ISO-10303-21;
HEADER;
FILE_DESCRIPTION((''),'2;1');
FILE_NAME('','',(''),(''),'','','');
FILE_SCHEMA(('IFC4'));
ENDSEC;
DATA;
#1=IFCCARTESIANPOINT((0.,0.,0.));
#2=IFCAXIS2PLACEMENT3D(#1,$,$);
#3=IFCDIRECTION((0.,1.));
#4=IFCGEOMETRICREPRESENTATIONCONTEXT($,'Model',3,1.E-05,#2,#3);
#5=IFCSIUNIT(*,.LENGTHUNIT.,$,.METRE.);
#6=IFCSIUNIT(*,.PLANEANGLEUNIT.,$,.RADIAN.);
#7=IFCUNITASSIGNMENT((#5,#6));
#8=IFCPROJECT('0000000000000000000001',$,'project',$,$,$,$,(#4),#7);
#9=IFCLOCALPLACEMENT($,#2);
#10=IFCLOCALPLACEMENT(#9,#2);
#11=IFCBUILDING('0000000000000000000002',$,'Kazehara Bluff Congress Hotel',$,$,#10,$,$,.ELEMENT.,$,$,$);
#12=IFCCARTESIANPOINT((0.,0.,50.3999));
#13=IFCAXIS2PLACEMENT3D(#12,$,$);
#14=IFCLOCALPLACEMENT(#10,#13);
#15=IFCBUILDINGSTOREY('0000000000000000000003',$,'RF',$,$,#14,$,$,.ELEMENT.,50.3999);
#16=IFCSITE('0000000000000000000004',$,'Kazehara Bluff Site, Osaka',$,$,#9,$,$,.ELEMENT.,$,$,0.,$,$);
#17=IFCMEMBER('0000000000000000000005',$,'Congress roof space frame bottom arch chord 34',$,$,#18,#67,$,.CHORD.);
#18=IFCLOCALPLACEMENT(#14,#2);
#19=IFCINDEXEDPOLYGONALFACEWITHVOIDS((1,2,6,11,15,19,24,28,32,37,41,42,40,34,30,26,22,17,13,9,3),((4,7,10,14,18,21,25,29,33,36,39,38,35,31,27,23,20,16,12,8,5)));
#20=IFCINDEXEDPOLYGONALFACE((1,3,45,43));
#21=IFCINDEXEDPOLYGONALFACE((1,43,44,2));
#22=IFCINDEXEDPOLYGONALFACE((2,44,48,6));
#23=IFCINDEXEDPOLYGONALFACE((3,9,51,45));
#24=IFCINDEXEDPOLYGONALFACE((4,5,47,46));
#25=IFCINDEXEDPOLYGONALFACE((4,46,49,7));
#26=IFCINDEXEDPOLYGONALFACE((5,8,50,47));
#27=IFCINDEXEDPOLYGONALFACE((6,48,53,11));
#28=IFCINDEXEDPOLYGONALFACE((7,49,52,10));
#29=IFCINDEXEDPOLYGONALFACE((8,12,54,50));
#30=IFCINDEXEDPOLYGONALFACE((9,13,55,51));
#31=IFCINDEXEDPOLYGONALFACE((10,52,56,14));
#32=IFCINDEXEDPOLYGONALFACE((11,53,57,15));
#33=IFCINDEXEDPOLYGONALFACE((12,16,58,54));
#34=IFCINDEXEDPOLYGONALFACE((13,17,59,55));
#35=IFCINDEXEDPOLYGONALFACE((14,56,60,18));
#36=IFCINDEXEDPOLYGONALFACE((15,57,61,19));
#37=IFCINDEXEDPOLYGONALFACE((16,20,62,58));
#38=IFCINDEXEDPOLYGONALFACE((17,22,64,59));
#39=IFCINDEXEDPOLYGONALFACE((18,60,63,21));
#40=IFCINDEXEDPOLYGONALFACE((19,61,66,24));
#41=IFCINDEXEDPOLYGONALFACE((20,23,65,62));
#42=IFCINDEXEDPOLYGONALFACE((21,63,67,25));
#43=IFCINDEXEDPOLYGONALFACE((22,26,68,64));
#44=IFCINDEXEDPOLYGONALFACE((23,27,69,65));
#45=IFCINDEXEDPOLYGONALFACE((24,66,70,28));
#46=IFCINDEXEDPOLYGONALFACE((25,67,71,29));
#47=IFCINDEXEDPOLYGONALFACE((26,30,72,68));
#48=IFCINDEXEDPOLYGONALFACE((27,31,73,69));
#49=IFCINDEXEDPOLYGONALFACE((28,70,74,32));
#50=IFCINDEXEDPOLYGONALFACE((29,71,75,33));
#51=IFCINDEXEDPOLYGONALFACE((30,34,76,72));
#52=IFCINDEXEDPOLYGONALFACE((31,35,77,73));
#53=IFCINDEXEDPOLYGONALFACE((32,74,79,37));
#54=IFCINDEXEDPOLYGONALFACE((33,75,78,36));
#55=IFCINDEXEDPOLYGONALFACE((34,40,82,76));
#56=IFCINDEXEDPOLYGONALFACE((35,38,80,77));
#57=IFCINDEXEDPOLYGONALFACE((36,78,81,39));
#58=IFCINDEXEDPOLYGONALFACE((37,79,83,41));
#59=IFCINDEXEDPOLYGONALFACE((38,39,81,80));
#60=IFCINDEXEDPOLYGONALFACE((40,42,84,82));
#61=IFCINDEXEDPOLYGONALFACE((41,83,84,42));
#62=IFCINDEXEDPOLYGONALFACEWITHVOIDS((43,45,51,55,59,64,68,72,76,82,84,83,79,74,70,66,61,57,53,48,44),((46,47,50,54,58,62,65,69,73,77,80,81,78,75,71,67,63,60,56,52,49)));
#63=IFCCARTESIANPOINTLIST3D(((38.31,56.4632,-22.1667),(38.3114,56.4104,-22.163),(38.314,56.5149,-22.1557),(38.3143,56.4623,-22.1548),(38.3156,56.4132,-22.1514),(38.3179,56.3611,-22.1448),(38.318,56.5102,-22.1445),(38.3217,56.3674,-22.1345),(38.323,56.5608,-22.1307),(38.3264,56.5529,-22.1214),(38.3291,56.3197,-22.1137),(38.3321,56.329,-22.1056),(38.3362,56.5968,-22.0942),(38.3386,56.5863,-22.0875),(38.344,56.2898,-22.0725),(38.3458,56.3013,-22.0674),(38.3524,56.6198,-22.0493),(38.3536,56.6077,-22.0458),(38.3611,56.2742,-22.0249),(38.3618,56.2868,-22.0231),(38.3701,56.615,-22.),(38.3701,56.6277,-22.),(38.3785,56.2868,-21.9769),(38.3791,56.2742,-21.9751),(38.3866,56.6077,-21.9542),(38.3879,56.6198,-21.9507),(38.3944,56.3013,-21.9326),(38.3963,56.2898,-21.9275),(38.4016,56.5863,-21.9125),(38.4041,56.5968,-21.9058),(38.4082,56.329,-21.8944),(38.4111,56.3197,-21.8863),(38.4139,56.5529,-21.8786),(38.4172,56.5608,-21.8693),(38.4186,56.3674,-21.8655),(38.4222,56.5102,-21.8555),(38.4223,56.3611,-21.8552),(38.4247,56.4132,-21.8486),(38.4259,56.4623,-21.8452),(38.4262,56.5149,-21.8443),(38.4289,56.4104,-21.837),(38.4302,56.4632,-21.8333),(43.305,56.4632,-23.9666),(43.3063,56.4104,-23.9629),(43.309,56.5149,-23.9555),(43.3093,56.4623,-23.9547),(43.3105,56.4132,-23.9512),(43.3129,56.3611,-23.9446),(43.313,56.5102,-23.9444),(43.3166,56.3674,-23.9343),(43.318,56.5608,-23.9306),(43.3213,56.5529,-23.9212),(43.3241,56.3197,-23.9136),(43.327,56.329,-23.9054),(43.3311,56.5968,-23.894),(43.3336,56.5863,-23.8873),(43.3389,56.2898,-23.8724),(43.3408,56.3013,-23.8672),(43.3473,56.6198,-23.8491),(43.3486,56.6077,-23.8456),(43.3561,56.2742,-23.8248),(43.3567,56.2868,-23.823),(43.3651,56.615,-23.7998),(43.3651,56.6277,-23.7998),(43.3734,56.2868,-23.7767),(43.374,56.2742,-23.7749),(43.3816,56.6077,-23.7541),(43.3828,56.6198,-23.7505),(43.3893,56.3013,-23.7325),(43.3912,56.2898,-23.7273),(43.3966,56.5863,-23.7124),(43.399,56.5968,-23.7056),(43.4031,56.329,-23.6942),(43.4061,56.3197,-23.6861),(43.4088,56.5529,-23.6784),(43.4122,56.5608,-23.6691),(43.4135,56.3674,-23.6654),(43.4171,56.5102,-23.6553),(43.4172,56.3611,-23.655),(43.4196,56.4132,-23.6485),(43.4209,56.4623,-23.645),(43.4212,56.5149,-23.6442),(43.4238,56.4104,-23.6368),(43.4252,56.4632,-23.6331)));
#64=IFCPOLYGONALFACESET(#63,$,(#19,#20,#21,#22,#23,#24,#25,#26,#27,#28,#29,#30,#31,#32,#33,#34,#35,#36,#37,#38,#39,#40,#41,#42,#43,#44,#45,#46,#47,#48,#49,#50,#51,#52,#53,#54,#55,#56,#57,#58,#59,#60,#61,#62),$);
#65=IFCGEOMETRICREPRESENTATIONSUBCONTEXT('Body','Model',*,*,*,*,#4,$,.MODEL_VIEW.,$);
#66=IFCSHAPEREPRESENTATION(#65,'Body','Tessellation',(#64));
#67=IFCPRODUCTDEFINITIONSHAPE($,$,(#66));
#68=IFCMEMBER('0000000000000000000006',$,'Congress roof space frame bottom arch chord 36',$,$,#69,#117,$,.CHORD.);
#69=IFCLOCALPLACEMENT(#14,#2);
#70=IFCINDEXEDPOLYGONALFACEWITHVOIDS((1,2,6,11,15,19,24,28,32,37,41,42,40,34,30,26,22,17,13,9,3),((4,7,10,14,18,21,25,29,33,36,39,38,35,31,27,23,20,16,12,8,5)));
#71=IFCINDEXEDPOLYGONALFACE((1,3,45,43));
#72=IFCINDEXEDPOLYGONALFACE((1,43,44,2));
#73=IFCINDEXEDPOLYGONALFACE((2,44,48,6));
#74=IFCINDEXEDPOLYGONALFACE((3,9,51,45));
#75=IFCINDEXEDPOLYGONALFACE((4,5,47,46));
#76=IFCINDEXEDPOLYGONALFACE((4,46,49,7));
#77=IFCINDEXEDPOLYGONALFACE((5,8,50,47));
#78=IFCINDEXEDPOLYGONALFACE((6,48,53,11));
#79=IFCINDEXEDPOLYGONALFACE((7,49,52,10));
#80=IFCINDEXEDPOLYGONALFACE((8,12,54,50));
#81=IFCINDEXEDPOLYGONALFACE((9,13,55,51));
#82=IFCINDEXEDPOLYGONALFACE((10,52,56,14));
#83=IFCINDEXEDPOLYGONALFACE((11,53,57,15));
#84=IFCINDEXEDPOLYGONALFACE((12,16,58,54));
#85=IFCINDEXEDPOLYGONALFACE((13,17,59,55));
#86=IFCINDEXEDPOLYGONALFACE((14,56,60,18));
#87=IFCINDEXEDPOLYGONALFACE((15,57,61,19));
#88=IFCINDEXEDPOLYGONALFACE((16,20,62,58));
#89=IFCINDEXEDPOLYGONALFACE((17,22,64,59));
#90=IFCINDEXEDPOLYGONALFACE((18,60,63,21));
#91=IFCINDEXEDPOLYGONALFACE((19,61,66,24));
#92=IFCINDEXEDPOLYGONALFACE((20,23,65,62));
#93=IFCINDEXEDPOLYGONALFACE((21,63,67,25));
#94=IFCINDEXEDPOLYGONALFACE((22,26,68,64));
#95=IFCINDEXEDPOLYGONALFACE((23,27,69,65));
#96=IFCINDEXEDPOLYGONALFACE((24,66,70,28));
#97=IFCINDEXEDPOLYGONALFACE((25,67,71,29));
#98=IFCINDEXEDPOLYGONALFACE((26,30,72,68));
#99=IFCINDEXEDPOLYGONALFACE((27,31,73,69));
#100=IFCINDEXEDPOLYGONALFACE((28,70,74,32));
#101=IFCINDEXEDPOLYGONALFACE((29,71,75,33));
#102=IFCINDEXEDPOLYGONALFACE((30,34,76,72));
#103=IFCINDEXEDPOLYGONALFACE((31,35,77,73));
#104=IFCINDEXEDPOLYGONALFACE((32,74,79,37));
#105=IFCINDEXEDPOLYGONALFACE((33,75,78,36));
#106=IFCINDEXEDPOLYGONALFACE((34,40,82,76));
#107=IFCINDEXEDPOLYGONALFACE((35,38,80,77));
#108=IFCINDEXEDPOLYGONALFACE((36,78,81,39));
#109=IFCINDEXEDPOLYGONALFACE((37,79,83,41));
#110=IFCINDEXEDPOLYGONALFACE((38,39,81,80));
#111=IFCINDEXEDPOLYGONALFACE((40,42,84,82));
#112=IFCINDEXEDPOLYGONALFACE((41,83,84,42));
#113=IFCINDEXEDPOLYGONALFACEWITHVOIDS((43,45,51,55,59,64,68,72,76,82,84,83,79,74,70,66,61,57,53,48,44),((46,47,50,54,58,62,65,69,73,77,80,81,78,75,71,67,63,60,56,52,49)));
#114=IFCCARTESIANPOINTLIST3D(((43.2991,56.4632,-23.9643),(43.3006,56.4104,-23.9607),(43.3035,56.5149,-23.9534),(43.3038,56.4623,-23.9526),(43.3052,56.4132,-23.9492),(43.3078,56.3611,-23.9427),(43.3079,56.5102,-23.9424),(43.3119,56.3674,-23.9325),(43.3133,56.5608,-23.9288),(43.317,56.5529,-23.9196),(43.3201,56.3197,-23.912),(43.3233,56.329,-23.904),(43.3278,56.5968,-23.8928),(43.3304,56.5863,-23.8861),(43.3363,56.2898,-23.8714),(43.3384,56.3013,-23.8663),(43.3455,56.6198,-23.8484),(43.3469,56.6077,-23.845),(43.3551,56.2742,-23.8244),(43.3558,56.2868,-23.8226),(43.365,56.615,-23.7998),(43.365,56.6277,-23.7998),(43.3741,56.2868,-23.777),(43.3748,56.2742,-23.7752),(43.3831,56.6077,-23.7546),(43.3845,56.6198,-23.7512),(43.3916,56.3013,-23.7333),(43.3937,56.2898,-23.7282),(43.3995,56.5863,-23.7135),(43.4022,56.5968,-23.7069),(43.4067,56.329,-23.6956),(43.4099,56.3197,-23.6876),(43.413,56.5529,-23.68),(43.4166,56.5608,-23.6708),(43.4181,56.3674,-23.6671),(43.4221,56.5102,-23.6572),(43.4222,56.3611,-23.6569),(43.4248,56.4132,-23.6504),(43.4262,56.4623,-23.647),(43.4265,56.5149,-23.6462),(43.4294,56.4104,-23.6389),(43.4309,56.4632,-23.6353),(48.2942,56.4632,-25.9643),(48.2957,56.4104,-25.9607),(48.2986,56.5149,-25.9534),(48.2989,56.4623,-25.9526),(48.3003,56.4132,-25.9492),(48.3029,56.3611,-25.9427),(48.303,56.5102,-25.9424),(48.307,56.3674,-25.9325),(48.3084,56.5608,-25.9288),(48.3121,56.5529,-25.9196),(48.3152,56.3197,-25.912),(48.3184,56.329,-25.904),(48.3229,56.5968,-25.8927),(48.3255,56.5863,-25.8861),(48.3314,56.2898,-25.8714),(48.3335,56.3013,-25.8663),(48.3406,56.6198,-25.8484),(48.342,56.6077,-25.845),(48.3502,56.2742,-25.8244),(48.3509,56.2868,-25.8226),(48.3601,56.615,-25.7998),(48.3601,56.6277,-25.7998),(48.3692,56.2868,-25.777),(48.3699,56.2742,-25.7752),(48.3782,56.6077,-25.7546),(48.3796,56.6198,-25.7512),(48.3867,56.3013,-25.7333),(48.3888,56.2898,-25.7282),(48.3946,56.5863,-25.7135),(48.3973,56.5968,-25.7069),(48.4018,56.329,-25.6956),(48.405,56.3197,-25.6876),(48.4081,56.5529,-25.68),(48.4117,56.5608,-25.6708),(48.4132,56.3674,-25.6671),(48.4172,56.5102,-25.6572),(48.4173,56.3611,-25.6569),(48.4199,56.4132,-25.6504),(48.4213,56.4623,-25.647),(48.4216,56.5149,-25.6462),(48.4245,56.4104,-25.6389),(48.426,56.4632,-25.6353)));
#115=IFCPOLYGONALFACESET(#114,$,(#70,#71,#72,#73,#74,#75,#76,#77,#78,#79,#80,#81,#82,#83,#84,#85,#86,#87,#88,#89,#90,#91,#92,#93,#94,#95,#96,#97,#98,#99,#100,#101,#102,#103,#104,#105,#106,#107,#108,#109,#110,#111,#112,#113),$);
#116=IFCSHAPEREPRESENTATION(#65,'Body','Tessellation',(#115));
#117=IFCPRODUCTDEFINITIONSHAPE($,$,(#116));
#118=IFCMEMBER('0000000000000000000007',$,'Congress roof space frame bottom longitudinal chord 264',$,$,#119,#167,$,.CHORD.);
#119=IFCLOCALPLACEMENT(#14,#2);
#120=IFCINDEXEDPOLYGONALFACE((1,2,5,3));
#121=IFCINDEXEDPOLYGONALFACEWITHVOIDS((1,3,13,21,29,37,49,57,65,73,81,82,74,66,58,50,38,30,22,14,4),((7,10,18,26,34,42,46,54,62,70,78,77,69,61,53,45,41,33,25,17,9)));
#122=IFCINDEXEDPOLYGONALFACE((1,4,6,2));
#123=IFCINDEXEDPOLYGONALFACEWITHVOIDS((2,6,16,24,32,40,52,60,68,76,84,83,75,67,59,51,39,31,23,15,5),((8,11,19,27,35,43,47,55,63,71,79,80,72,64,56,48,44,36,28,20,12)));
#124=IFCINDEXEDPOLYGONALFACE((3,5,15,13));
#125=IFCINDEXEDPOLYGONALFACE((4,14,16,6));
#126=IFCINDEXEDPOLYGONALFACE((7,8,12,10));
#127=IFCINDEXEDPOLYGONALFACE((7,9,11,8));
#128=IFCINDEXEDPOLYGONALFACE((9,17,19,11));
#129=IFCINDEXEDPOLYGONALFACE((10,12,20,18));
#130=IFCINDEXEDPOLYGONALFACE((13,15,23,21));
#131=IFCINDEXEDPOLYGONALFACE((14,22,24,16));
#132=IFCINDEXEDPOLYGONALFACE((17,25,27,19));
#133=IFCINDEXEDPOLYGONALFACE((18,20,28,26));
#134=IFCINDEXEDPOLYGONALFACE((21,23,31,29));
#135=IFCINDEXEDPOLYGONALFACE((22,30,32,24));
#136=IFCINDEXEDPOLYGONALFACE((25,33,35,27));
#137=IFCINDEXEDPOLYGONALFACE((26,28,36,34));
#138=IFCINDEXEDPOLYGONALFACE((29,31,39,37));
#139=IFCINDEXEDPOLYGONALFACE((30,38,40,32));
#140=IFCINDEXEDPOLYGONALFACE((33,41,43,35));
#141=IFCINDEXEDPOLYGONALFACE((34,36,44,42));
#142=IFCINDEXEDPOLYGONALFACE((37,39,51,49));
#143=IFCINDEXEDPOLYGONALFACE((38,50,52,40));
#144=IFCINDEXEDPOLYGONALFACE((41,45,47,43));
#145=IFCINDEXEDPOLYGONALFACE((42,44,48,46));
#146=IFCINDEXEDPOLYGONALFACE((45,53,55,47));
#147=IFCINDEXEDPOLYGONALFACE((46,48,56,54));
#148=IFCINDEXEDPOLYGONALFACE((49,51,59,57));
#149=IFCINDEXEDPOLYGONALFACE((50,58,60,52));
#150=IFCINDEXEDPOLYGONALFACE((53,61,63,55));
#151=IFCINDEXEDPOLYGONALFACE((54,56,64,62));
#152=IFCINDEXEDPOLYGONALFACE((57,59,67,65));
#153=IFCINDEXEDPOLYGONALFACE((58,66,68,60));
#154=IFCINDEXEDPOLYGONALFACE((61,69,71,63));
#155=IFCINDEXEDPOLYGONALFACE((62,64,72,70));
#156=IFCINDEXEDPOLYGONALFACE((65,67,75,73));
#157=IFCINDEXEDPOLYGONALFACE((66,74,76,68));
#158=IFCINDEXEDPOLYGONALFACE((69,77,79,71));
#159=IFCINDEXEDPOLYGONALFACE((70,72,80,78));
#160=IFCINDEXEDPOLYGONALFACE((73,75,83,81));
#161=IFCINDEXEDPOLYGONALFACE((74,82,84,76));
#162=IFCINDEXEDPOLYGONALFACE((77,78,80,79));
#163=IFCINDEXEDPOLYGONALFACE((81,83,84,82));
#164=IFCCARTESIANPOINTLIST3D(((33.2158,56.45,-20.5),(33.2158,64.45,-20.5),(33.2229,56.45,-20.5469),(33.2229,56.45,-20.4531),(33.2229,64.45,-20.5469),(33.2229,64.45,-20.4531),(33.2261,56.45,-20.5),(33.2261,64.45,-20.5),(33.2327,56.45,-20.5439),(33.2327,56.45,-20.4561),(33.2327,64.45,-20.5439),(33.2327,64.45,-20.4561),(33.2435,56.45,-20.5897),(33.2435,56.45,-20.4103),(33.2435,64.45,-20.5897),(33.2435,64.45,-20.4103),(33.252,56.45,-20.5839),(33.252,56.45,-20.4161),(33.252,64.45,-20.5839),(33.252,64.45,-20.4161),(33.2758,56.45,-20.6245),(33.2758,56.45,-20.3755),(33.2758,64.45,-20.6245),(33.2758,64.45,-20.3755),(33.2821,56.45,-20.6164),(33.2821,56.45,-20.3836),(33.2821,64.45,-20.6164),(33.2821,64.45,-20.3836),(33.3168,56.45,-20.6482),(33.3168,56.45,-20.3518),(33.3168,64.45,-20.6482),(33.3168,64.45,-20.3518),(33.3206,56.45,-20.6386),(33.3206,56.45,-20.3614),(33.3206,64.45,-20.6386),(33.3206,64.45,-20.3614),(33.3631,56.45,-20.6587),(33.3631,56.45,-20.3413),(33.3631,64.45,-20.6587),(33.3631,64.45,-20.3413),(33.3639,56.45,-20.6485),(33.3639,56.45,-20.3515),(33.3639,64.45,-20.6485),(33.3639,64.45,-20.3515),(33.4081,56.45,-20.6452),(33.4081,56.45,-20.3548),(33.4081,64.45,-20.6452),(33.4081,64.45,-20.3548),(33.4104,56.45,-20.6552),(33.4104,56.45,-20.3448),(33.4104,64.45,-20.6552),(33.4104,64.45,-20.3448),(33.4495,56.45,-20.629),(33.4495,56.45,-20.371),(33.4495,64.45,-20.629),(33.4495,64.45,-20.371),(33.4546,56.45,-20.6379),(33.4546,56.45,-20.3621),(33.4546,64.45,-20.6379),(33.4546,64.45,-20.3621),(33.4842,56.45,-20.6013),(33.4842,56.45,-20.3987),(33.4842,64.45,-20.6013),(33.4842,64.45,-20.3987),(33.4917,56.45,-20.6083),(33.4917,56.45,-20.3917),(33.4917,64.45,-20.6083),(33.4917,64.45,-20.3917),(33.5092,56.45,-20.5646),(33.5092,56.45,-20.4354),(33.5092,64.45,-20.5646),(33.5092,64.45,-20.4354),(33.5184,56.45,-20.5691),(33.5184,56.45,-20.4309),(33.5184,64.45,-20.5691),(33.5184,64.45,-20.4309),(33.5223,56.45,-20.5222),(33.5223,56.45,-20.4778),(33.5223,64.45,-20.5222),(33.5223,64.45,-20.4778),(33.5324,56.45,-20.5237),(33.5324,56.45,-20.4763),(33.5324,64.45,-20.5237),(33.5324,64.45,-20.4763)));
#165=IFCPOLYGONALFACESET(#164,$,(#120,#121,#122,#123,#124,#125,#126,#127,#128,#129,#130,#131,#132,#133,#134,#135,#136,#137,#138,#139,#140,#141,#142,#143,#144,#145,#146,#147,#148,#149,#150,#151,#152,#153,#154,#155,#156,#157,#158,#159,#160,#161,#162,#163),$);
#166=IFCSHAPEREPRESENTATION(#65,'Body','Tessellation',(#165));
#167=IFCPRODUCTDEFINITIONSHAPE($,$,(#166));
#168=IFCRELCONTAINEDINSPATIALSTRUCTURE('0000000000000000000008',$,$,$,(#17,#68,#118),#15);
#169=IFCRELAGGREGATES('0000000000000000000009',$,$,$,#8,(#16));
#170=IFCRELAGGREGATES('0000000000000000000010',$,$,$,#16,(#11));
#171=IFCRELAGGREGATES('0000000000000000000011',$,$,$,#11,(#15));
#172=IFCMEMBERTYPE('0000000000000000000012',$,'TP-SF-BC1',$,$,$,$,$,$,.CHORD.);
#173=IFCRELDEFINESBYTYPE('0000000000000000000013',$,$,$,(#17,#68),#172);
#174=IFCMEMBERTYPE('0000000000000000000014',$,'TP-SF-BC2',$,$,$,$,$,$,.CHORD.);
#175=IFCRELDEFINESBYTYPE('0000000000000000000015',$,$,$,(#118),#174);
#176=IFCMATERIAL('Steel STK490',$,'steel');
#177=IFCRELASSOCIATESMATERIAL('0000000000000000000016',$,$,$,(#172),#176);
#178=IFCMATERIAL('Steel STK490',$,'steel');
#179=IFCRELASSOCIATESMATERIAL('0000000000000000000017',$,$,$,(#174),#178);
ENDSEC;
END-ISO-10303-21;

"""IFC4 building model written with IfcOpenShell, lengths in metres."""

from ifc_helpers import new_model, si_unit, direction, frame, origin, origin_2d, place, context, subcontext, project, spatial, hollow_circle, extrude, material, material_profile, profile_set, type_object, element, save


model = new_model("IFC4")

# Units and contexts
model_context = context("Model", 3, precision=1e-05, world=origin(), true_north=direction((0.0, 1.0)))
body_context = subcontext(model_context, "Body", "Model", "MODEL_VIEW")
ifc_project = project(units=[si_unit("LENGTHUNIT", "METRE"), si_unit("PLANEANGLEUNIT", "RADIAN")], contexts=[model_context])

# Site, building, storey
site_placement = place(None, origin())
site = spatial("IfcSite", under=ifc_project, at=site_placement, Name="Kazehara Bluff Site, Osaka", CompositionType="ELEMENT", RefElevation=0.0)
building_placement = place(site_placement, origin())
building = spatial("IfcBuilding", under=site, at=building_placement, Name="Kazehara Bluff Congress Hotel", CompositionType="ELEMENT")
storey_placement = place(building_placement, frame((0.0, 0.0, 50.3999)))
storey = spatial("IfcBuildingStorey", under=building, at=storey_placement, Name="RF", CompositionType="ELEMENT", Elevation=50.3999)

# Members
ifc_material_1 = material(Name="Steel STK490", Category="steel")
ifc_material_profile_1 = material_profile(ifc_material_1, hollow_circle(Radius=0.1777, WallThickness=0.0127, at=origin_2d()))
ifc_profile_set_1 = profile_set([ifc_material_profile_1], Name="Steel STK490")
member_type_1 = type_object("IfcMemberType", Name="TP-SF-BC1", PredefinedType="CHORD", material=ifc_profile_set_1)
member_1_placement = place(storey_placement, frame((38.3701, 56.45, -22.0), z_axis=(0.940788, 0.0, -0.338995), x_axis=(0.0, 1.0, 0.0)))
element("IfcMember", 1, at=member_1_placement, inside=storey, type_object=member_type_1, Name="Congress roof space frame bottom arch chord 34", PredefinedType="CHORD", context=body_context, shape_type="SweptSolid", body=[
    extrude(hollow_circle(Radius=0.1777, WallThickness=0.0127, at=origin_2d()), origin(), (0.0, 0.0, 1.0), 5.3093),
])
member_2_placement = place(storey_placement, frame((43.365, 56.45, -23.7998), z_axis=(0.928351, 0.0, -0.371704), x_axis=(0.0, 1.0, 0.0)))
element("IfcMember", 2, at=member_2_placement, inside=storey, type_object=member_type_1, Name="Congress roof space frame bottom arch chord 36", PredefinedType="CHORD", context=body_context, shape_type="SweptSolid", body=[
    extrude(hollow_circle(Radius=0.1777, WallThickness=0.0127, at=origin_2d()), origin(), (0.0, 0.0, 1.0), 5.3806),
])
ifc_material_2 = material(Name="Steel STK490", Category="steel")
ifc_material_profile_2 = material_profile(ifc_material_2, hollow_circle(Radius=0.1592, WallThickness=0.0103, at=origin_2d()))
ifc_profile_set_2 = profile_set([ifc_material_profile_2], Name="Steel STK490")
member_type_2 = type_object("IfcMemberType", Name="TP-SF-BC2", PredefinedType="CHORD", material=ifc_profile_set_2)
for number, where, z_axis, x_axis, name in (
    (3, (33.375, 56.45, -20.5), (0.0, 1.0, 0.0), (-1.0, 0.0, 0.0), "Congress roof space frame bottom longitudinal chord 264"),
):
    element("IfcMember", number, at=place(storey_placement, frame(where, z_axis=z_axis, x_axis=x_axis)), inside=storey, type_object=member_type_2, Name=name, PredefinedType="CHORD", context=body_context, shape_type="SweptSolid", body=[
        extrude(hollow_circle(Radius=0.1592, WallThickness=0.0103, at=origin_2d()), origin(), (0.0, 0.0, 1.0), 8.0),
    ])

save(model, "model.ifc")
